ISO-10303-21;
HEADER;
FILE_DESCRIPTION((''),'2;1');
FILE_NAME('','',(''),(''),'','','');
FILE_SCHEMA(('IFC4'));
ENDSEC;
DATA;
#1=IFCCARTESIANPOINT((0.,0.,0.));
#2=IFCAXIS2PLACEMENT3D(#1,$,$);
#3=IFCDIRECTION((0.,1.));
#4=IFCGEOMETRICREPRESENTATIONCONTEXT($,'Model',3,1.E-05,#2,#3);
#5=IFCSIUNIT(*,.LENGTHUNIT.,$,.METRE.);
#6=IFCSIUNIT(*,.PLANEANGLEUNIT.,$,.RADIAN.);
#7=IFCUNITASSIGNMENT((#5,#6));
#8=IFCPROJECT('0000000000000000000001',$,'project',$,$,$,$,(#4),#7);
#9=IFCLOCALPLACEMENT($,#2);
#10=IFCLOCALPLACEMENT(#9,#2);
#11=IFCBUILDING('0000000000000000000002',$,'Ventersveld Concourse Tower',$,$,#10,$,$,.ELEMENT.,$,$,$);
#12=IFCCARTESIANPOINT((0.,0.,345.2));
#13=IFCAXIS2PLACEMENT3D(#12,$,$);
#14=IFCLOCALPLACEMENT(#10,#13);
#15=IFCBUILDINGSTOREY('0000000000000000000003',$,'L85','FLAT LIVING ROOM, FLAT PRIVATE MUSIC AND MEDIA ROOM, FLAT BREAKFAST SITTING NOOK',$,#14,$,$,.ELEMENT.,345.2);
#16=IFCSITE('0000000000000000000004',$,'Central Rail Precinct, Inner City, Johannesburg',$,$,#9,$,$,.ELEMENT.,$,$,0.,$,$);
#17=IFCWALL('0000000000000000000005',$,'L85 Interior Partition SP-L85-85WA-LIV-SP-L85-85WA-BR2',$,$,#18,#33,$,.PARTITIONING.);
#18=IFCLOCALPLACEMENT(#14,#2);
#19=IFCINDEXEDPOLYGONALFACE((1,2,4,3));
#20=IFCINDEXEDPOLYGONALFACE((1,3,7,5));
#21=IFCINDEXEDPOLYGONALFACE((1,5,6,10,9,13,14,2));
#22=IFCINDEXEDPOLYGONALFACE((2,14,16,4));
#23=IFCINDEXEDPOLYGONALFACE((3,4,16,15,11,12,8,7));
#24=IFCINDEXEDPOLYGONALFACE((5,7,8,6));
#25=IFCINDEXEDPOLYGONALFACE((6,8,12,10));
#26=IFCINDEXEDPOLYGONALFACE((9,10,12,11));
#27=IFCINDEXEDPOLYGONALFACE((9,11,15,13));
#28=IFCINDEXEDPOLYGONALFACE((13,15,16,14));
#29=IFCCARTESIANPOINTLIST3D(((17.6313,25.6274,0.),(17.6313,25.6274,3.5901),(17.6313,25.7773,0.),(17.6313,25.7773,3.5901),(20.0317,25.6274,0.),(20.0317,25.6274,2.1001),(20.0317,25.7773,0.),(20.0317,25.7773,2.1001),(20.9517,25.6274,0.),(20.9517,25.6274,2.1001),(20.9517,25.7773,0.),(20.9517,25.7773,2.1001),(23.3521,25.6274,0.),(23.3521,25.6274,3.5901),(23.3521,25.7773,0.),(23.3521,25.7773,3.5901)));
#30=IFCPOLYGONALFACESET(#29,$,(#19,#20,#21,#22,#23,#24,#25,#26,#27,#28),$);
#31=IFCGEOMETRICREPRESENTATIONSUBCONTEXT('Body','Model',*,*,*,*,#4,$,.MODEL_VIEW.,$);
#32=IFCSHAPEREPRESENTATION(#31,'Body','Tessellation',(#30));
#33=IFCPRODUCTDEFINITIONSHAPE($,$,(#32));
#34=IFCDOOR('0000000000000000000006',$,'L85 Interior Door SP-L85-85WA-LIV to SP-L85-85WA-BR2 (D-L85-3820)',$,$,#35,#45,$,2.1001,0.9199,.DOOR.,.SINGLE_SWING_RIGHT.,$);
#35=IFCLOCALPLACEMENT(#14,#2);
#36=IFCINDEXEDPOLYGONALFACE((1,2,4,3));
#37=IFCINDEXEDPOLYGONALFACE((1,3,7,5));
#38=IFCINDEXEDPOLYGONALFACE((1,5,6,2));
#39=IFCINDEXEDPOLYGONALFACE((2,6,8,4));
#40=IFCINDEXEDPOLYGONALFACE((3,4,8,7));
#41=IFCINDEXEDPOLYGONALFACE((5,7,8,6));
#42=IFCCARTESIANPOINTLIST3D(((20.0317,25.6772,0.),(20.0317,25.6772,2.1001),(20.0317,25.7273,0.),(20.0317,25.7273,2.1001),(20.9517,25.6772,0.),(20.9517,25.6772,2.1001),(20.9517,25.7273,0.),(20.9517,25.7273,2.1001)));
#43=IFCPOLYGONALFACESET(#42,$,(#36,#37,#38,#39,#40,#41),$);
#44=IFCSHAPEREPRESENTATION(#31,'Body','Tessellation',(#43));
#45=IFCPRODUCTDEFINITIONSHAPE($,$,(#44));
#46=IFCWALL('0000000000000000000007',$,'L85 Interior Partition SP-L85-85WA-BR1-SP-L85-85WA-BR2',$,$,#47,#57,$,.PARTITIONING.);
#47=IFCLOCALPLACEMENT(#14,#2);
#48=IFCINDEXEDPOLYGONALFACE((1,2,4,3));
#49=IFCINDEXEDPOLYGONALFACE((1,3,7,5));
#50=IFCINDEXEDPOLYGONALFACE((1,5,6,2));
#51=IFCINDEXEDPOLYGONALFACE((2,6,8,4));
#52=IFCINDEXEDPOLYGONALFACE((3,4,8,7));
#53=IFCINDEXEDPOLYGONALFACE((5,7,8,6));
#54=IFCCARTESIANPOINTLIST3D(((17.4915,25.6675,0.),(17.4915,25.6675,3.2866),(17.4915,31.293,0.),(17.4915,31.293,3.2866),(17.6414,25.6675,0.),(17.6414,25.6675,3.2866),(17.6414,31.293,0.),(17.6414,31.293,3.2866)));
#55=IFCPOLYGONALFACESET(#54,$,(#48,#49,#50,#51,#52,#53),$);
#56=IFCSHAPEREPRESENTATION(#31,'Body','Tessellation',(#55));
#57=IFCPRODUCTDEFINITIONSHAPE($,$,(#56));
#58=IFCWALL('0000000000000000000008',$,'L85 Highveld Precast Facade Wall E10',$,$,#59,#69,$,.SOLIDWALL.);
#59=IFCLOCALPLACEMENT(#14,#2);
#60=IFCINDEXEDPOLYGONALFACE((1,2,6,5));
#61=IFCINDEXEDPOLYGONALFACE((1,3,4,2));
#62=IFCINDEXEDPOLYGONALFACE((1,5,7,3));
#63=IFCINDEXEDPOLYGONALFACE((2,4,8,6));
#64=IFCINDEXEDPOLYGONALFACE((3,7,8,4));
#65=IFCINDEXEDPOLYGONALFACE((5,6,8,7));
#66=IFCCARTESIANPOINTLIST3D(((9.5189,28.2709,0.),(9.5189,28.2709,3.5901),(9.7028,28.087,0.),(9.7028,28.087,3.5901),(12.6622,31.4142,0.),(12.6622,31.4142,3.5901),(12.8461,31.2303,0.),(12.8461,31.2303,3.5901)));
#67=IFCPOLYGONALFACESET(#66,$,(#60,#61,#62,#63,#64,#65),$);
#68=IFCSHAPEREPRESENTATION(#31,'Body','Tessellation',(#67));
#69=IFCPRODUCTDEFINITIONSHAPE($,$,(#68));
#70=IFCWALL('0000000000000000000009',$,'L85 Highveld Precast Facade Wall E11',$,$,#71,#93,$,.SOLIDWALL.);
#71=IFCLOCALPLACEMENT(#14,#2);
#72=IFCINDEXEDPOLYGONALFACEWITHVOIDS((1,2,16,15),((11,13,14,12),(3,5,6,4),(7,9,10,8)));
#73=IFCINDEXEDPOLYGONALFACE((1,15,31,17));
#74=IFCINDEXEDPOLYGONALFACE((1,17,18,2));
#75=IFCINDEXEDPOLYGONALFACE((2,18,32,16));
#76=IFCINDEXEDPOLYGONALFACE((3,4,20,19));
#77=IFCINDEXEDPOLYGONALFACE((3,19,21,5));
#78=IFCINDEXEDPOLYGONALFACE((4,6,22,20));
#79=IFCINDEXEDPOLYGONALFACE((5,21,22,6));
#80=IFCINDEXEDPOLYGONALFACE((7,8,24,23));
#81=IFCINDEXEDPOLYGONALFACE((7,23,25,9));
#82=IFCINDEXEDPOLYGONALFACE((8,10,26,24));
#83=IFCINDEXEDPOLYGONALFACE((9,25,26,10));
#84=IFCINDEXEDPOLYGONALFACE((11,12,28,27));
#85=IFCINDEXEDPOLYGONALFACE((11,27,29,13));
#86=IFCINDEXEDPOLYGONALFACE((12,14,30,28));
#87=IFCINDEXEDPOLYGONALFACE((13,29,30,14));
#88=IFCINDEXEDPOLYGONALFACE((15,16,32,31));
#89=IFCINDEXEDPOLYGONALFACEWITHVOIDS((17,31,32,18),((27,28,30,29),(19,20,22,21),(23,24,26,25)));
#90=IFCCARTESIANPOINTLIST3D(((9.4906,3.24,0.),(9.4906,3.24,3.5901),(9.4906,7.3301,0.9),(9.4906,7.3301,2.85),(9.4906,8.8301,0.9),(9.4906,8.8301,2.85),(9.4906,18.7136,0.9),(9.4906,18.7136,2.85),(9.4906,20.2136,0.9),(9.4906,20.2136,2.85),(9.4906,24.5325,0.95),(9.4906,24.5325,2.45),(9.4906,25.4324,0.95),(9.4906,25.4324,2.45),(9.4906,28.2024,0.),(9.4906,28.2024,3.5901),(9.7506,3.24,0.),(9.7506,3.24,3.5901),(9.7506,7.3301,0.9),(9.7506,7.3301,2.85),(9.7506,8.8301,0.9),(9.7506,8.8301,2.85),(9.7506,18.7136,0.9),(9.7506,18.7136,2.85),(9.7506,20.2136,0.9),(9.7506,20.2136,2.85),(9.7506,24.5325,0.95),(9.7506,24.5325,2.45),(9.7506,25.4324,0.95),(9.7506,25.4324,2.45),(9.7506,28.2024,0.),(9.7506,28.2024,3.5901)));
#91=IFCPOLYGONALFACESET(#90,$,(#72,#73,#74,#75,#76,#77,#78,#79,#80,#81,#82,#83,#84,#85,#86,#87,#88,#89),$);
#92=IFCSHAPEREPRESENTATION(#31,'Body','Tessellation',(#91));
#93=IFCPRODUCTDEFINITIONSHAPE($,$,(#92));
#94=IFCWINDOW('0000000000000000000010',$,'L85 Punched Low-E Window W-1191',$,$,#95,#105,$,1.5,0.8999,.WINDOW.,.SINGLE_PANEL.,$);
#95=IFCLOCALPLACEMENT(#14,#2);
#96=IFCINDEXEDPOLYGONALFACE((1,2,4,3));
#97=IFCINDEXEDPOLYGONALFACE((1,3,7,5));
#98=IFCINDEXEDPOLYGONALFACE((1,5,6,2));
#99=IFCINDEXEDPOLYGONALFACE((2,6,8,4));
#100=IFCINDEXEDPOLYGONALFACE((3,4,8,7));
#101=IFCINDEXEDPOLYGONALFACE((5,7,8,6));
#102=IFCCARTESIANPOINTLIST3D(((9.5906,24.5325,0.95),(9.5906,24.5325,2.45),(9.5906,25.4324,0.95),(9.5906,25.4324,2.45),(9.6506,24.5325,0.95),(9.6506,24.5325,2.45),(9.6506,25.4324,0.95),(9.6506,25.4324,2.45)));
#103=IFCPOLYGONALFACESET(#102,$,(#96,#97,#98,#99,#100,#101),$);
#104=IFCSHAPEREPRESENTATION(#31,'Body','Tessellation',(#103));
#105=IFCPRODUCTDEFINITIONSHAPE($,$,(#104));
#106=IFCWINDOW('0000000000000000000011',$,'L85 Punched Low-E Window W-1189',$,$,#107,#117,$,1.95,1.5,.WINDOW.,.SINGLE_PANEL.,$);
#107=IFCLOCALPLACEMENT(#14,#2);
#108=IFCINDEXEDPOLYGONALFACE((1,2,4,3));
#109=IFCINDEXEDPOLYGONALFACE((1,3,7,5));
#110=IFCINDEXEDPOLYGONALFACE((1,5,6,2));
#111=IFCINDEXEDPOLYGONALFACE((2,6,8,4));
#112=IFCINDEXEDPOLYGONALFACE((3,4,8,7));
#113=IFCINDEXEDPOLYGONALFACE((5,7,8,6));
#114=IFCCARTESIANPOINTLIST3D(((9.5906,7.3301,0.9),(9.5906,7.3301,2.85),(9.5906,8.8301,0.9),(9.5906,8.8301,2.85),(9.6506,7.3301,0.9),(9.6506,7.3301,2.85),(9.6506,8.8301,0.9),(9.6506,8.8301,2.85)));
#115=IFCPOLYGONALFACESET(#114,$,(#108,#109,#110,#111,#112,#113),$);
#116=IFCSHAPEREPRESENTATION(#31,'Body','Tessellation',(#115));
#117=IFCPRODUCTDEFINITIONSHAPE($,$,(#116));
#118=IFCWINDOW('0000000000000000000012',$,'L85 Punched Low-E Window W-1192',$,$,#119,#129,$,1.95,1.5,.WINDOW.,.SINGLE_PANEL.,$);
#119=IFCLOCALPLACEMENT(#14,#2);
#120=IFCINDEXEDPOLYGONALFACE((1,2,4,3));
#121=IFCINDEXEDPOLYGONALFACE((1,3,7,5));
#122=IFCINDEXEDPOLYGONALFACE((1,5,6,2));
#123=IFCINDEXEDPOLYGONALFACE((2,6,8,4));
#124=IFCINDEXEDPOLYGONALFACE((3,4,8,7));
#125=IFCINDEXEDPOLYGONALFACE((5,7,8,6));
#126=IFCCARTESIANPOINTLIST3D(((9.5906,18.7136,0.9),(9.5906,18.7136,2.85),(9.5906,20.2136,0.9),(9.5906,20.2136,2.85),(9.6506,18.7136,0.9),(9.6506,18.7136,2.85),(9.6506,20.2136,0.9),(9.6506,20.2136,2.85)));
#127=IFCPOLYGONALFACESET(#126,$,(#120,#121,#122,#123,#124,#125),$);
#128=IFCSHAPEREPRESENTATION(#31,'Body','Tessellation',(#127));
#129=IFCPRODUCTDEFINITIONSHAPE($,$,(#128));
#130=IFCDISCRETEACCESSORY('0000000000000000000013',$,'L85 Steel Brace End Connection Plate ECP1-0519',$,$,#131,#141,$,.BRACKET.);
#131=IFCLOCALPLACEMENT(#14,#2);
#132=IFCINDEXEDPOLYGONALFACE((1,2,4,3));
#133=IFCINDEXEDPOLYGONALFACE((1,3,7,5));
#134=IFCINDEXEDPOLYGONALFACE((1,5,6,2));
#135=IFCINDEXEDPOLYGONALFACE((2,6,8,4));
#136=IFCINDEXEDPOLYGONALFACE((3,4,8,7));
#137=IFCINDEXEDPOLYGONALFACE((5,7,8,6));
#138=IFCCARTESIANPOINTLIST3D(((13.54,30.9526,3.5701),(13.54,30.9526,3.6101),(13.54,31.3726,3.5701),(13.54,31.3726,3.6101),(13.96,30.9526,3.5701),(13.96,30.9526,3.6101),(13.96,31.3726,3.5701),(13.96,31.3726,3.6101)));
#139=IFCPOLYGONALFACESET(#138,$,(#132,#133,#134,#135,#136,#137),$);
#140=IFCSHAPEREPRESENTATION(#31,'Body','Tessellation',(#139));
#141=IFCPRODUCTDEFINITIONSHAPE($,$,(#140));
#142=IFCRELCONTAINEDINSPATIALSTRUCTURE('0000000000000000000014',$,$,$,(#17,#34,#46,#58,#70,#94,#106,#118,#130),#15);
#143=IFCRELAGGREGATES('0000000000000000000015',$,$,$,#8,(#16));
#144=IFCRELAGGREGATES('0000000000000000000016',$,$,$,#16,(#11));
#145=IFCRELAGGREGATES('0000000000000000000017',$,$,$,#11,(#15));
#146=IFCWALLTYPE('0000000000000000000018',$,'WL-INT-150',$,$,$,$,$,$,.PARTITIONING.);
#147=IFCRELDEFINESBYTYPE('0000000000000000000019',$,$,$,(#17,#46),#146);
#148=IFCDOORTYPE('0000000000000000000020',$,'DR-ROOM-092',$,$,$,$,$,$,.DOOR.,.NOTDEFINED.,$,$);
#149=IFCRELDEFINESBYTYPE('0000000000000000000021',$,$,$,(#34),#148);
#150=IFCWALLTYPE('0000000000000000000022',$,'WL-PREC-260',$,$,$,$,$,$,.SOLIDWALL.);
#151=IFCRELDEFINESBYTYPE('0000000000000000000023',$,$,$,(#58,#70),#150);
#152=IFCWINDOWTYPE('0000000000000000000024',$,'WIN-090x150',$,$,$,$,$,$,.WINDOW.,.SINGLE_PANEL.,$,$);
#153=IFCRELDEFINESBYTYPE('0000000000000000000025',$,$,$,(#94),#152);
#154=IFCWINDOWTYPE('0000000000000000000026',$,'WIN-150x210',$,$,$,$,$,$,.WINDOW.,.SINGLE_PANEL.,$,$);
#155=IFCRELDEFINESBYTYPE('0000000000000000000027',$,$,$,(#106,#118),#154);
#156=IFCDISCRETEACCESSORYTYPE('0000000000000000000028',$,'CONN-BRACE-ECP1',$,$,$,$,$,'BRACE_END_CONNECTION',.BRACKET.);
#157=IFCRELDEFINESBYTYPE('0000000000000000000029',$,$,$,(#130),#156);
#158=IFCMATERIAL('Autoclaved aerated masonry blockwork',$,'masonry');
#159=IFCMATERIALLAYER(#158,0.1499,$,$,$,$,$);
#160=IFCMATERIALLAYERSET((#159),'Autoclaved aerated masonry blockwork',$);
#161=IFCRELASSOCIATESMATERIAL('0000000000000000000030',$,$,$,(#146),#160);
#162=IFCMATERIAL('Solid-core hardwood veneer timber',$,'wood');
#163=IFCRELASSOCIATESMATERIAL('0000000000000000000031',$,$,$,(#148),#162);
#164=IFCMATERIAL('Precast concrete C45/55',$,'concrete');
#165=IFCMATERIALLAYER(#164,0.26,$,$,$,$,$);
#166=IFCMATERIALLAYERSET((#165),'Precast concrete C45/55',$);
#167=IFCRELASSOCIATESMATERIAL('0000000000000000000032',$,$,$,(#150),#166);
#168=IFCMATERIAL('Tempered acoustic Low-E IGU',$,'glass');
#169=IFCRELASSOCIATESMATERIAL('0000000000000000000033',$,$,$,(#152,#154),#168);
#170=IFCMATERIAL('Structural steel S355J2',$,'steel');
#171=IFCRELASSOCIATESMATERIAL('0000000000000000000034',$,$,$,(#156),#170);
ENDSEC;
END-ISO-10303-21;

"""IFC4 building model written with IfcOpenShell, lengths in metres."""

from ifc_helpers import new_model, si_unit, direction, frame, frame_2d, origin, origin_2d, place, context, subcontext, project, spatial, rectangle, extrude, material, layer, layer_set, type_object, element, fill, save


model = new_model("IFC4")

# Units and contexts
model_context = context("Model", 3, precision=1e-05, world=origin(), true_north=direction((0.0, 1.0)))
body_context = subcontext(model_context, "Body", "Model", "MODEL_VIEW")
ifc_project = project(units=[si_unit("LENGTHUNIT", "METRE"), si_unit("PLANEANGLEUNIT", "RADIAN")], contexts=[model_context])

# Site, building, storey
site_placement = place(None, origin())
site = spatial("IfcSite", under=ifc_project, at=site_placement, Name="Central Rail Precinct, Inner City, Johannesburg", CompositionType="ELEMENT", RefElevation=0.0)
building_placement = place(site_placement, origin())
building = spatial("IfcBuilding", under=site, at=building_placement, Name="Ventersveld Concourse Tower", CompositionType="ELEMENT")
storey_placement = place(building_placement, frame((0.0, 0.0, 345.2)))
storey = spatial("IfcBuildingStorey", under=building, at=storey_placement, Name="L85", Description="FLAT LIVING ROOM, FLAT PRIVATE MUSIC AND MEDIA ROOM, FLAT BREAKFAST SITTING NOOK", CompositionType="ELEMENT", Elevation=345.2)

# Shared definitions
ifc_material_1 = material(Name="Structural steel S355J2", Category="steel")

# Shared definitions
ifc_material_2 = material(Name="Autoclaved aerated masonry blockwork", Category="masonry")
ifc_layer_1 = layer(ifc_material_2, 0.1499)
ifc_layer_set_1 = layer_set([ifc_layer_1], Name="Autoclaved aerated masonry blockwork")
wall_type_1 = type_object("IfcWallType", Name="WL-INT-150", PredefinedType="PARTITIONING", material=ifc_layer_set_1)

# Wall, opening, door
ifc_material_3 = material(Name="Solid-core hardwood veneer timber", Category="wood")
door_type = type_object("IfcDoorType", Name="DR-ROOM-092", OperationType="NOTDEFINED", PredefinedType="DOOR", material=ifc_material_3)
wall_1_placement = place(storey_placement, frame((17.6313, 25.7024, 0.0), z_axis=(0.0, 0.0, 1.0), x_axis=(1.0, 0.0, 0.0)))
wall_1 = element("IfcWall", 1, at=wall_1_placement, inside=storey, type_object=wall_type_1, Name="L85 Interior Partition SP-L85-85WA-LIV-SP-L85-85WA-BR2", PredefinedType="PARTITIONING", context=body_context, shape_type="SweptSolid", body=[
    extrude(rectangle(XDim=5.7207, YDim=0.1499, at=frame_2d((2.8604, 0.0))), origin(), (0.0, 0.0, 1.0), 3.5901),
])
opening_1_placement = place(wall_1_placement, frame((2.4004, 0.0, 0.0)))
opening_1 = element("IfcOpeningElement", 2, at=opening_1_placement, cuts=wall_1, PredefinedType="OPENING", context=body_context, shape_type="SweptSolid", body=[
    extrude(rectangle(XDim=0.9199, YDim=2.1001, at=frame_2d((0.46, 1.05))), frame((0.0, 0.085, 0.0), z_axis=(0.0, -1.0, 0.0), x_axis=(1.0, 0.0, 0.0)), (0.0, 0.0, 1.0), 0.1699),
])
door_1_placement = place(opening_1_placement, origin())
door_1 = element("IfcDoor", 3, at=door_1_placement, inside=storey, type_object=door_type, Name="L85 Interior Door SP-L85-85WA-LIV to SP-L85-85WA-BR2 (D-L85-3820)", OperationType="SINGLE_SWING_RIGHT", OverallHeight=2.1001, OverallWidth=0.9199, PredefinedType="DOOR", context=body_context, shape_type="SweptSolid", body=[
    extrude(rectangle(XDim=0.9199, YDim=2.1001, at=frame_2d((0.46, 1.05))), frame((0.0, 0.0249, 0.0), z_axis=(0.0, -1.0, 0.0), x_axis=(1.0, 0.0, 0.0)), (0.0, 0.0, 1.0), 0.05),
])
fill(opening_1, door_1)

# Walls
wall_2_placement = place(storey_placement, frame((17.5664, 25.6675, 0.0), z_axis=(0.0, 0.0, 1.0), x_axis=(0.0, 1.0, 0.0)))
element("IfcWall", 4, at=wall_2_placement, inside=storey, type_object=wall_type_1, Name="L85 Interior Partition SP-L85-85WA-BR1-SP-L85-85WA-BR2", PredefinedType="PARTITIONING", context=body_context, shape_type="SweptSolid", body=[
    extrude(rectangle(XDim=5.6255, YDim=0.1499, at=frame_2d((2.8127, 0.0))), origin(), (0.0, 0.0, 1.0), 3.2866),
])
ifc_material_4 = material(Name="Precast concrete C45/55", Category="concrete")
ifc_layer_2 = layer(ifc_material_4, 0.26)
ifc_layer_set_2 = layer_set([ifc_layer_2], Name="Precast concrete C45/55")
wall_type_2 = type_object("IfcWallType", Name="WL-PREC-260", PredefinedType="SOLIDWALL", material=ifc_layer_set_2)
wall_3_placement = place(storey_placement, frame((12.7542, 31.3223, 0.0), z_axis=(0.0, 0.0, 1.0), x_axis=(-0.707107, -0.707107, 0.0)))
element("IfcWall", 5, at=wall_3_placement, inside=storey, type_object=wall_type_2, Name="L85 Highveld Precast Facade Wall E10", PredefinedType="SOLIDWALL", context=body_context, shape_type="SweptSolid", body=[
    extrude(rectangle(XDim=4.4453, YDim=0.26, at=frame_2d((2.2227, 0.0))), origin(), (0.0, 0.0, 1.0), 3.5901),
])

# Wall, openings, windows
wall_4_placement = place(storey_placement, frame((9.6206, 28.2024, 0.0), z_axis=(0.0, 0.0, 1.0), x_axis=(0.0, -1.0, 0.0)))
wall_4 = element("IfcWall", 6, at=wall_4_placement, inside=storey, type_object=wall_type_2, Name="L85 Highveld Precast Facade Wall E11", PredefinedType="SOLIDWALL", context=body_context, shape_type="SweptSolid", body=[
    extrude(rectangle(XDim=24.9624, YDim=0.26, at=frame_2d((12.4812, 0.0))), origin(), (0.0, 0.0, 1.0), 3.5901),
])
opening_2_placement = place(wall_4_placement, frame((19.3723, 0.0, 0.8999)))
opening_2 = element("IfcOpeningElement", 7, at=opening_2_placement, cuts=wall_4, PredefinedType="OPENING", context=body_context, shape_type="SweptSolid", body=[
    extrude(rectangle(XDim=1.5, YDim=1.95, at=frame_2d((0.75, 0.9751))), frame((0.0, 0.1401, 0.0), z_axis=(0.0, -1.0, 0.0), x_axis=(1.0, 0.0, 0.0)), (0.0, 0.0, 1.0), 0.28),
])
opening_3_placement = place(wall_4_placement, frame((2.77, 0.0, 0.95)))
opening_3 = element("IfcOpeningElement", 8, at=opening_3_placement, cuts=wall_4, PredefinedType="OPENING", context=body_context, shape_type="SweptSolid", body=[
    extrude(rectangle(XDim=0.8999, YDim=1.5, at=frame_2d((0.45, 0.75))), frame((0.0, 0.1401, 0.0), z_axis=(0.0, -1.0, 0.0), x_axis=(1.0, 0.0, 0.0)), (0.0, 0.0, 1.0), 0.28),
])
opening_4_placement = place(wall_4_placement, frame((7.9888, 0.0, 0.8999)))
opening_4 = element("IfcOpeningElement", 9, at=opening_4_placement, cuts=wall_4, PredefinedType="OPENING", context=body_context, shape_type="SweptSolid", body=[
    extrude(rectangle(XDim=1.5, YDim=1.95, at=frame_2d((0.75, 0.9751))), frame((0.0, 0.1401, 0.0), z_axis=(0.0, -1.0, 0.0), x_axis=(1.0, 0.0, 0.0)), (0.0, 0.0, 1.0), 0.28),
])
ifc_material_5 = material(Name="Tempered acoustic Low-E IGU", Category="glass")
window_type_1 = type_object("IfcWindowType", Name="WIN-090x150", PartitioningType="SINGLE_PANEL", PredefinedType="WINDOW", material=ifc_material_5)
window_1_placement = place(opening_3_placement, origin())
window_1 = element("IfcWindow", 10, at=window_1_placement, inside=storey, type_object=window_type_1, Name="L85 Punched Low-E Window W-1191", OverallHeight=1.5, OverallWidth=0.8999, PartitioningType="SINGLE_PANEL", PredefinedType="WINDOW", context=body_context, shape_type="SweptSolid", body=[
    extrude(rectangle(XDim=0.8999, YDim=1.5, at=frame_2d((0.45, 0.75))), frame((0.0, 0.03, 0.0), z_axis=(0.0, -1.0, 0.0), x_axis=(1.0, 0.0, 0.0)), (0.0, 0.0, 1.0), 0.0601),
])
fill(opening_3, window_1)
window_type_2 = type_object("IfcWindowType", Name="WIN-150x210", PartitioningType="SINGLE_PANEL", PredefinedType="WINDOW", material=ifc_material_5)
window_2_placement = place(opening_2_placement, origin())
window_2 = element("IfcWindow", 11, at=window_2_placement, inside=storey, type_object=window_type_2, Name="L85 Punched Low-E Window W-1189", OverallHeight=1.95, OverallWidth=1.5, PartitioningType="SINGLE_PANEL", PredefinedType="WINDOW", context=body_context, shape_type="SweptSolid", body=[
    extrude(rectangle(XDim=1.5, YDim=1.95, at=frame_2d((0.75, 0.9751))), frame((0.0, 0.03, 0.0), z_axis=(0.0, -1.0, 0.0), x_axis=(1.0, 0.0, 0.0)), (0.0, 0.0, 1.0), 0.0601),
])
fill(opening_2, window_2)
window_3_placement = place(opening_4_placement, origin())
window_3 = element("IfcWindow", 12, at=window_3_placement, inside=storey, type_object=window_type_2, Name="L85 Punched Low-E Window W-1192", OverallHeight=1.95, OverallWidth=1.5, PartitioningType="SINGLE_PANEL", PredefinedType="WINDOW", context=body_context, shape_type="SweptSolid", body=[
    extrude(rectangle(XDim=1.5, YDim=1.95, at=frame_2d((0.75, 0.9751))), frame((0.0, 0.03, 0.0), z_axis=(0.0, -1.0, 0.0), x_axis=(1.0, 0.0, 0.0)), (0.0, 0.0, 1.0), 0.0601),
])
fill(opening_4, window_3)

# Discrete accessory
discrete_accessory_type = type_object("IfcDiscreteAccessoryType", Name="CONN-BRACE-ECP1", ElementType="BRACE_END_CONNECTION", PredefinedType="BRACKET", material=ifc_material_1)
discrete_accessory_placement = place(storey_placement, frame((13.75, 31.1626, 3.5701), z_axis=(0.0, 0.0, 1.0), x_axis=(1.0, 0.0, 0.0)))
element("IfcDiscreteAccessory", 13, at=discrete_accessory_placement, inside=storey, type_object=discrete_accessory_type, Name="L85 Steel Brace End Connection Plate ECP1-0519", PredefinedType="BRACKET", context=body_context, shape_type="SweptSolid", body=[
    extrude(rectangle(XDim=0.4199, YDim=0.4199, at=origin_2d()), origin(), (0.0, 0.0, 1.0), 0.04),
])

save(model, "model.ifc")
